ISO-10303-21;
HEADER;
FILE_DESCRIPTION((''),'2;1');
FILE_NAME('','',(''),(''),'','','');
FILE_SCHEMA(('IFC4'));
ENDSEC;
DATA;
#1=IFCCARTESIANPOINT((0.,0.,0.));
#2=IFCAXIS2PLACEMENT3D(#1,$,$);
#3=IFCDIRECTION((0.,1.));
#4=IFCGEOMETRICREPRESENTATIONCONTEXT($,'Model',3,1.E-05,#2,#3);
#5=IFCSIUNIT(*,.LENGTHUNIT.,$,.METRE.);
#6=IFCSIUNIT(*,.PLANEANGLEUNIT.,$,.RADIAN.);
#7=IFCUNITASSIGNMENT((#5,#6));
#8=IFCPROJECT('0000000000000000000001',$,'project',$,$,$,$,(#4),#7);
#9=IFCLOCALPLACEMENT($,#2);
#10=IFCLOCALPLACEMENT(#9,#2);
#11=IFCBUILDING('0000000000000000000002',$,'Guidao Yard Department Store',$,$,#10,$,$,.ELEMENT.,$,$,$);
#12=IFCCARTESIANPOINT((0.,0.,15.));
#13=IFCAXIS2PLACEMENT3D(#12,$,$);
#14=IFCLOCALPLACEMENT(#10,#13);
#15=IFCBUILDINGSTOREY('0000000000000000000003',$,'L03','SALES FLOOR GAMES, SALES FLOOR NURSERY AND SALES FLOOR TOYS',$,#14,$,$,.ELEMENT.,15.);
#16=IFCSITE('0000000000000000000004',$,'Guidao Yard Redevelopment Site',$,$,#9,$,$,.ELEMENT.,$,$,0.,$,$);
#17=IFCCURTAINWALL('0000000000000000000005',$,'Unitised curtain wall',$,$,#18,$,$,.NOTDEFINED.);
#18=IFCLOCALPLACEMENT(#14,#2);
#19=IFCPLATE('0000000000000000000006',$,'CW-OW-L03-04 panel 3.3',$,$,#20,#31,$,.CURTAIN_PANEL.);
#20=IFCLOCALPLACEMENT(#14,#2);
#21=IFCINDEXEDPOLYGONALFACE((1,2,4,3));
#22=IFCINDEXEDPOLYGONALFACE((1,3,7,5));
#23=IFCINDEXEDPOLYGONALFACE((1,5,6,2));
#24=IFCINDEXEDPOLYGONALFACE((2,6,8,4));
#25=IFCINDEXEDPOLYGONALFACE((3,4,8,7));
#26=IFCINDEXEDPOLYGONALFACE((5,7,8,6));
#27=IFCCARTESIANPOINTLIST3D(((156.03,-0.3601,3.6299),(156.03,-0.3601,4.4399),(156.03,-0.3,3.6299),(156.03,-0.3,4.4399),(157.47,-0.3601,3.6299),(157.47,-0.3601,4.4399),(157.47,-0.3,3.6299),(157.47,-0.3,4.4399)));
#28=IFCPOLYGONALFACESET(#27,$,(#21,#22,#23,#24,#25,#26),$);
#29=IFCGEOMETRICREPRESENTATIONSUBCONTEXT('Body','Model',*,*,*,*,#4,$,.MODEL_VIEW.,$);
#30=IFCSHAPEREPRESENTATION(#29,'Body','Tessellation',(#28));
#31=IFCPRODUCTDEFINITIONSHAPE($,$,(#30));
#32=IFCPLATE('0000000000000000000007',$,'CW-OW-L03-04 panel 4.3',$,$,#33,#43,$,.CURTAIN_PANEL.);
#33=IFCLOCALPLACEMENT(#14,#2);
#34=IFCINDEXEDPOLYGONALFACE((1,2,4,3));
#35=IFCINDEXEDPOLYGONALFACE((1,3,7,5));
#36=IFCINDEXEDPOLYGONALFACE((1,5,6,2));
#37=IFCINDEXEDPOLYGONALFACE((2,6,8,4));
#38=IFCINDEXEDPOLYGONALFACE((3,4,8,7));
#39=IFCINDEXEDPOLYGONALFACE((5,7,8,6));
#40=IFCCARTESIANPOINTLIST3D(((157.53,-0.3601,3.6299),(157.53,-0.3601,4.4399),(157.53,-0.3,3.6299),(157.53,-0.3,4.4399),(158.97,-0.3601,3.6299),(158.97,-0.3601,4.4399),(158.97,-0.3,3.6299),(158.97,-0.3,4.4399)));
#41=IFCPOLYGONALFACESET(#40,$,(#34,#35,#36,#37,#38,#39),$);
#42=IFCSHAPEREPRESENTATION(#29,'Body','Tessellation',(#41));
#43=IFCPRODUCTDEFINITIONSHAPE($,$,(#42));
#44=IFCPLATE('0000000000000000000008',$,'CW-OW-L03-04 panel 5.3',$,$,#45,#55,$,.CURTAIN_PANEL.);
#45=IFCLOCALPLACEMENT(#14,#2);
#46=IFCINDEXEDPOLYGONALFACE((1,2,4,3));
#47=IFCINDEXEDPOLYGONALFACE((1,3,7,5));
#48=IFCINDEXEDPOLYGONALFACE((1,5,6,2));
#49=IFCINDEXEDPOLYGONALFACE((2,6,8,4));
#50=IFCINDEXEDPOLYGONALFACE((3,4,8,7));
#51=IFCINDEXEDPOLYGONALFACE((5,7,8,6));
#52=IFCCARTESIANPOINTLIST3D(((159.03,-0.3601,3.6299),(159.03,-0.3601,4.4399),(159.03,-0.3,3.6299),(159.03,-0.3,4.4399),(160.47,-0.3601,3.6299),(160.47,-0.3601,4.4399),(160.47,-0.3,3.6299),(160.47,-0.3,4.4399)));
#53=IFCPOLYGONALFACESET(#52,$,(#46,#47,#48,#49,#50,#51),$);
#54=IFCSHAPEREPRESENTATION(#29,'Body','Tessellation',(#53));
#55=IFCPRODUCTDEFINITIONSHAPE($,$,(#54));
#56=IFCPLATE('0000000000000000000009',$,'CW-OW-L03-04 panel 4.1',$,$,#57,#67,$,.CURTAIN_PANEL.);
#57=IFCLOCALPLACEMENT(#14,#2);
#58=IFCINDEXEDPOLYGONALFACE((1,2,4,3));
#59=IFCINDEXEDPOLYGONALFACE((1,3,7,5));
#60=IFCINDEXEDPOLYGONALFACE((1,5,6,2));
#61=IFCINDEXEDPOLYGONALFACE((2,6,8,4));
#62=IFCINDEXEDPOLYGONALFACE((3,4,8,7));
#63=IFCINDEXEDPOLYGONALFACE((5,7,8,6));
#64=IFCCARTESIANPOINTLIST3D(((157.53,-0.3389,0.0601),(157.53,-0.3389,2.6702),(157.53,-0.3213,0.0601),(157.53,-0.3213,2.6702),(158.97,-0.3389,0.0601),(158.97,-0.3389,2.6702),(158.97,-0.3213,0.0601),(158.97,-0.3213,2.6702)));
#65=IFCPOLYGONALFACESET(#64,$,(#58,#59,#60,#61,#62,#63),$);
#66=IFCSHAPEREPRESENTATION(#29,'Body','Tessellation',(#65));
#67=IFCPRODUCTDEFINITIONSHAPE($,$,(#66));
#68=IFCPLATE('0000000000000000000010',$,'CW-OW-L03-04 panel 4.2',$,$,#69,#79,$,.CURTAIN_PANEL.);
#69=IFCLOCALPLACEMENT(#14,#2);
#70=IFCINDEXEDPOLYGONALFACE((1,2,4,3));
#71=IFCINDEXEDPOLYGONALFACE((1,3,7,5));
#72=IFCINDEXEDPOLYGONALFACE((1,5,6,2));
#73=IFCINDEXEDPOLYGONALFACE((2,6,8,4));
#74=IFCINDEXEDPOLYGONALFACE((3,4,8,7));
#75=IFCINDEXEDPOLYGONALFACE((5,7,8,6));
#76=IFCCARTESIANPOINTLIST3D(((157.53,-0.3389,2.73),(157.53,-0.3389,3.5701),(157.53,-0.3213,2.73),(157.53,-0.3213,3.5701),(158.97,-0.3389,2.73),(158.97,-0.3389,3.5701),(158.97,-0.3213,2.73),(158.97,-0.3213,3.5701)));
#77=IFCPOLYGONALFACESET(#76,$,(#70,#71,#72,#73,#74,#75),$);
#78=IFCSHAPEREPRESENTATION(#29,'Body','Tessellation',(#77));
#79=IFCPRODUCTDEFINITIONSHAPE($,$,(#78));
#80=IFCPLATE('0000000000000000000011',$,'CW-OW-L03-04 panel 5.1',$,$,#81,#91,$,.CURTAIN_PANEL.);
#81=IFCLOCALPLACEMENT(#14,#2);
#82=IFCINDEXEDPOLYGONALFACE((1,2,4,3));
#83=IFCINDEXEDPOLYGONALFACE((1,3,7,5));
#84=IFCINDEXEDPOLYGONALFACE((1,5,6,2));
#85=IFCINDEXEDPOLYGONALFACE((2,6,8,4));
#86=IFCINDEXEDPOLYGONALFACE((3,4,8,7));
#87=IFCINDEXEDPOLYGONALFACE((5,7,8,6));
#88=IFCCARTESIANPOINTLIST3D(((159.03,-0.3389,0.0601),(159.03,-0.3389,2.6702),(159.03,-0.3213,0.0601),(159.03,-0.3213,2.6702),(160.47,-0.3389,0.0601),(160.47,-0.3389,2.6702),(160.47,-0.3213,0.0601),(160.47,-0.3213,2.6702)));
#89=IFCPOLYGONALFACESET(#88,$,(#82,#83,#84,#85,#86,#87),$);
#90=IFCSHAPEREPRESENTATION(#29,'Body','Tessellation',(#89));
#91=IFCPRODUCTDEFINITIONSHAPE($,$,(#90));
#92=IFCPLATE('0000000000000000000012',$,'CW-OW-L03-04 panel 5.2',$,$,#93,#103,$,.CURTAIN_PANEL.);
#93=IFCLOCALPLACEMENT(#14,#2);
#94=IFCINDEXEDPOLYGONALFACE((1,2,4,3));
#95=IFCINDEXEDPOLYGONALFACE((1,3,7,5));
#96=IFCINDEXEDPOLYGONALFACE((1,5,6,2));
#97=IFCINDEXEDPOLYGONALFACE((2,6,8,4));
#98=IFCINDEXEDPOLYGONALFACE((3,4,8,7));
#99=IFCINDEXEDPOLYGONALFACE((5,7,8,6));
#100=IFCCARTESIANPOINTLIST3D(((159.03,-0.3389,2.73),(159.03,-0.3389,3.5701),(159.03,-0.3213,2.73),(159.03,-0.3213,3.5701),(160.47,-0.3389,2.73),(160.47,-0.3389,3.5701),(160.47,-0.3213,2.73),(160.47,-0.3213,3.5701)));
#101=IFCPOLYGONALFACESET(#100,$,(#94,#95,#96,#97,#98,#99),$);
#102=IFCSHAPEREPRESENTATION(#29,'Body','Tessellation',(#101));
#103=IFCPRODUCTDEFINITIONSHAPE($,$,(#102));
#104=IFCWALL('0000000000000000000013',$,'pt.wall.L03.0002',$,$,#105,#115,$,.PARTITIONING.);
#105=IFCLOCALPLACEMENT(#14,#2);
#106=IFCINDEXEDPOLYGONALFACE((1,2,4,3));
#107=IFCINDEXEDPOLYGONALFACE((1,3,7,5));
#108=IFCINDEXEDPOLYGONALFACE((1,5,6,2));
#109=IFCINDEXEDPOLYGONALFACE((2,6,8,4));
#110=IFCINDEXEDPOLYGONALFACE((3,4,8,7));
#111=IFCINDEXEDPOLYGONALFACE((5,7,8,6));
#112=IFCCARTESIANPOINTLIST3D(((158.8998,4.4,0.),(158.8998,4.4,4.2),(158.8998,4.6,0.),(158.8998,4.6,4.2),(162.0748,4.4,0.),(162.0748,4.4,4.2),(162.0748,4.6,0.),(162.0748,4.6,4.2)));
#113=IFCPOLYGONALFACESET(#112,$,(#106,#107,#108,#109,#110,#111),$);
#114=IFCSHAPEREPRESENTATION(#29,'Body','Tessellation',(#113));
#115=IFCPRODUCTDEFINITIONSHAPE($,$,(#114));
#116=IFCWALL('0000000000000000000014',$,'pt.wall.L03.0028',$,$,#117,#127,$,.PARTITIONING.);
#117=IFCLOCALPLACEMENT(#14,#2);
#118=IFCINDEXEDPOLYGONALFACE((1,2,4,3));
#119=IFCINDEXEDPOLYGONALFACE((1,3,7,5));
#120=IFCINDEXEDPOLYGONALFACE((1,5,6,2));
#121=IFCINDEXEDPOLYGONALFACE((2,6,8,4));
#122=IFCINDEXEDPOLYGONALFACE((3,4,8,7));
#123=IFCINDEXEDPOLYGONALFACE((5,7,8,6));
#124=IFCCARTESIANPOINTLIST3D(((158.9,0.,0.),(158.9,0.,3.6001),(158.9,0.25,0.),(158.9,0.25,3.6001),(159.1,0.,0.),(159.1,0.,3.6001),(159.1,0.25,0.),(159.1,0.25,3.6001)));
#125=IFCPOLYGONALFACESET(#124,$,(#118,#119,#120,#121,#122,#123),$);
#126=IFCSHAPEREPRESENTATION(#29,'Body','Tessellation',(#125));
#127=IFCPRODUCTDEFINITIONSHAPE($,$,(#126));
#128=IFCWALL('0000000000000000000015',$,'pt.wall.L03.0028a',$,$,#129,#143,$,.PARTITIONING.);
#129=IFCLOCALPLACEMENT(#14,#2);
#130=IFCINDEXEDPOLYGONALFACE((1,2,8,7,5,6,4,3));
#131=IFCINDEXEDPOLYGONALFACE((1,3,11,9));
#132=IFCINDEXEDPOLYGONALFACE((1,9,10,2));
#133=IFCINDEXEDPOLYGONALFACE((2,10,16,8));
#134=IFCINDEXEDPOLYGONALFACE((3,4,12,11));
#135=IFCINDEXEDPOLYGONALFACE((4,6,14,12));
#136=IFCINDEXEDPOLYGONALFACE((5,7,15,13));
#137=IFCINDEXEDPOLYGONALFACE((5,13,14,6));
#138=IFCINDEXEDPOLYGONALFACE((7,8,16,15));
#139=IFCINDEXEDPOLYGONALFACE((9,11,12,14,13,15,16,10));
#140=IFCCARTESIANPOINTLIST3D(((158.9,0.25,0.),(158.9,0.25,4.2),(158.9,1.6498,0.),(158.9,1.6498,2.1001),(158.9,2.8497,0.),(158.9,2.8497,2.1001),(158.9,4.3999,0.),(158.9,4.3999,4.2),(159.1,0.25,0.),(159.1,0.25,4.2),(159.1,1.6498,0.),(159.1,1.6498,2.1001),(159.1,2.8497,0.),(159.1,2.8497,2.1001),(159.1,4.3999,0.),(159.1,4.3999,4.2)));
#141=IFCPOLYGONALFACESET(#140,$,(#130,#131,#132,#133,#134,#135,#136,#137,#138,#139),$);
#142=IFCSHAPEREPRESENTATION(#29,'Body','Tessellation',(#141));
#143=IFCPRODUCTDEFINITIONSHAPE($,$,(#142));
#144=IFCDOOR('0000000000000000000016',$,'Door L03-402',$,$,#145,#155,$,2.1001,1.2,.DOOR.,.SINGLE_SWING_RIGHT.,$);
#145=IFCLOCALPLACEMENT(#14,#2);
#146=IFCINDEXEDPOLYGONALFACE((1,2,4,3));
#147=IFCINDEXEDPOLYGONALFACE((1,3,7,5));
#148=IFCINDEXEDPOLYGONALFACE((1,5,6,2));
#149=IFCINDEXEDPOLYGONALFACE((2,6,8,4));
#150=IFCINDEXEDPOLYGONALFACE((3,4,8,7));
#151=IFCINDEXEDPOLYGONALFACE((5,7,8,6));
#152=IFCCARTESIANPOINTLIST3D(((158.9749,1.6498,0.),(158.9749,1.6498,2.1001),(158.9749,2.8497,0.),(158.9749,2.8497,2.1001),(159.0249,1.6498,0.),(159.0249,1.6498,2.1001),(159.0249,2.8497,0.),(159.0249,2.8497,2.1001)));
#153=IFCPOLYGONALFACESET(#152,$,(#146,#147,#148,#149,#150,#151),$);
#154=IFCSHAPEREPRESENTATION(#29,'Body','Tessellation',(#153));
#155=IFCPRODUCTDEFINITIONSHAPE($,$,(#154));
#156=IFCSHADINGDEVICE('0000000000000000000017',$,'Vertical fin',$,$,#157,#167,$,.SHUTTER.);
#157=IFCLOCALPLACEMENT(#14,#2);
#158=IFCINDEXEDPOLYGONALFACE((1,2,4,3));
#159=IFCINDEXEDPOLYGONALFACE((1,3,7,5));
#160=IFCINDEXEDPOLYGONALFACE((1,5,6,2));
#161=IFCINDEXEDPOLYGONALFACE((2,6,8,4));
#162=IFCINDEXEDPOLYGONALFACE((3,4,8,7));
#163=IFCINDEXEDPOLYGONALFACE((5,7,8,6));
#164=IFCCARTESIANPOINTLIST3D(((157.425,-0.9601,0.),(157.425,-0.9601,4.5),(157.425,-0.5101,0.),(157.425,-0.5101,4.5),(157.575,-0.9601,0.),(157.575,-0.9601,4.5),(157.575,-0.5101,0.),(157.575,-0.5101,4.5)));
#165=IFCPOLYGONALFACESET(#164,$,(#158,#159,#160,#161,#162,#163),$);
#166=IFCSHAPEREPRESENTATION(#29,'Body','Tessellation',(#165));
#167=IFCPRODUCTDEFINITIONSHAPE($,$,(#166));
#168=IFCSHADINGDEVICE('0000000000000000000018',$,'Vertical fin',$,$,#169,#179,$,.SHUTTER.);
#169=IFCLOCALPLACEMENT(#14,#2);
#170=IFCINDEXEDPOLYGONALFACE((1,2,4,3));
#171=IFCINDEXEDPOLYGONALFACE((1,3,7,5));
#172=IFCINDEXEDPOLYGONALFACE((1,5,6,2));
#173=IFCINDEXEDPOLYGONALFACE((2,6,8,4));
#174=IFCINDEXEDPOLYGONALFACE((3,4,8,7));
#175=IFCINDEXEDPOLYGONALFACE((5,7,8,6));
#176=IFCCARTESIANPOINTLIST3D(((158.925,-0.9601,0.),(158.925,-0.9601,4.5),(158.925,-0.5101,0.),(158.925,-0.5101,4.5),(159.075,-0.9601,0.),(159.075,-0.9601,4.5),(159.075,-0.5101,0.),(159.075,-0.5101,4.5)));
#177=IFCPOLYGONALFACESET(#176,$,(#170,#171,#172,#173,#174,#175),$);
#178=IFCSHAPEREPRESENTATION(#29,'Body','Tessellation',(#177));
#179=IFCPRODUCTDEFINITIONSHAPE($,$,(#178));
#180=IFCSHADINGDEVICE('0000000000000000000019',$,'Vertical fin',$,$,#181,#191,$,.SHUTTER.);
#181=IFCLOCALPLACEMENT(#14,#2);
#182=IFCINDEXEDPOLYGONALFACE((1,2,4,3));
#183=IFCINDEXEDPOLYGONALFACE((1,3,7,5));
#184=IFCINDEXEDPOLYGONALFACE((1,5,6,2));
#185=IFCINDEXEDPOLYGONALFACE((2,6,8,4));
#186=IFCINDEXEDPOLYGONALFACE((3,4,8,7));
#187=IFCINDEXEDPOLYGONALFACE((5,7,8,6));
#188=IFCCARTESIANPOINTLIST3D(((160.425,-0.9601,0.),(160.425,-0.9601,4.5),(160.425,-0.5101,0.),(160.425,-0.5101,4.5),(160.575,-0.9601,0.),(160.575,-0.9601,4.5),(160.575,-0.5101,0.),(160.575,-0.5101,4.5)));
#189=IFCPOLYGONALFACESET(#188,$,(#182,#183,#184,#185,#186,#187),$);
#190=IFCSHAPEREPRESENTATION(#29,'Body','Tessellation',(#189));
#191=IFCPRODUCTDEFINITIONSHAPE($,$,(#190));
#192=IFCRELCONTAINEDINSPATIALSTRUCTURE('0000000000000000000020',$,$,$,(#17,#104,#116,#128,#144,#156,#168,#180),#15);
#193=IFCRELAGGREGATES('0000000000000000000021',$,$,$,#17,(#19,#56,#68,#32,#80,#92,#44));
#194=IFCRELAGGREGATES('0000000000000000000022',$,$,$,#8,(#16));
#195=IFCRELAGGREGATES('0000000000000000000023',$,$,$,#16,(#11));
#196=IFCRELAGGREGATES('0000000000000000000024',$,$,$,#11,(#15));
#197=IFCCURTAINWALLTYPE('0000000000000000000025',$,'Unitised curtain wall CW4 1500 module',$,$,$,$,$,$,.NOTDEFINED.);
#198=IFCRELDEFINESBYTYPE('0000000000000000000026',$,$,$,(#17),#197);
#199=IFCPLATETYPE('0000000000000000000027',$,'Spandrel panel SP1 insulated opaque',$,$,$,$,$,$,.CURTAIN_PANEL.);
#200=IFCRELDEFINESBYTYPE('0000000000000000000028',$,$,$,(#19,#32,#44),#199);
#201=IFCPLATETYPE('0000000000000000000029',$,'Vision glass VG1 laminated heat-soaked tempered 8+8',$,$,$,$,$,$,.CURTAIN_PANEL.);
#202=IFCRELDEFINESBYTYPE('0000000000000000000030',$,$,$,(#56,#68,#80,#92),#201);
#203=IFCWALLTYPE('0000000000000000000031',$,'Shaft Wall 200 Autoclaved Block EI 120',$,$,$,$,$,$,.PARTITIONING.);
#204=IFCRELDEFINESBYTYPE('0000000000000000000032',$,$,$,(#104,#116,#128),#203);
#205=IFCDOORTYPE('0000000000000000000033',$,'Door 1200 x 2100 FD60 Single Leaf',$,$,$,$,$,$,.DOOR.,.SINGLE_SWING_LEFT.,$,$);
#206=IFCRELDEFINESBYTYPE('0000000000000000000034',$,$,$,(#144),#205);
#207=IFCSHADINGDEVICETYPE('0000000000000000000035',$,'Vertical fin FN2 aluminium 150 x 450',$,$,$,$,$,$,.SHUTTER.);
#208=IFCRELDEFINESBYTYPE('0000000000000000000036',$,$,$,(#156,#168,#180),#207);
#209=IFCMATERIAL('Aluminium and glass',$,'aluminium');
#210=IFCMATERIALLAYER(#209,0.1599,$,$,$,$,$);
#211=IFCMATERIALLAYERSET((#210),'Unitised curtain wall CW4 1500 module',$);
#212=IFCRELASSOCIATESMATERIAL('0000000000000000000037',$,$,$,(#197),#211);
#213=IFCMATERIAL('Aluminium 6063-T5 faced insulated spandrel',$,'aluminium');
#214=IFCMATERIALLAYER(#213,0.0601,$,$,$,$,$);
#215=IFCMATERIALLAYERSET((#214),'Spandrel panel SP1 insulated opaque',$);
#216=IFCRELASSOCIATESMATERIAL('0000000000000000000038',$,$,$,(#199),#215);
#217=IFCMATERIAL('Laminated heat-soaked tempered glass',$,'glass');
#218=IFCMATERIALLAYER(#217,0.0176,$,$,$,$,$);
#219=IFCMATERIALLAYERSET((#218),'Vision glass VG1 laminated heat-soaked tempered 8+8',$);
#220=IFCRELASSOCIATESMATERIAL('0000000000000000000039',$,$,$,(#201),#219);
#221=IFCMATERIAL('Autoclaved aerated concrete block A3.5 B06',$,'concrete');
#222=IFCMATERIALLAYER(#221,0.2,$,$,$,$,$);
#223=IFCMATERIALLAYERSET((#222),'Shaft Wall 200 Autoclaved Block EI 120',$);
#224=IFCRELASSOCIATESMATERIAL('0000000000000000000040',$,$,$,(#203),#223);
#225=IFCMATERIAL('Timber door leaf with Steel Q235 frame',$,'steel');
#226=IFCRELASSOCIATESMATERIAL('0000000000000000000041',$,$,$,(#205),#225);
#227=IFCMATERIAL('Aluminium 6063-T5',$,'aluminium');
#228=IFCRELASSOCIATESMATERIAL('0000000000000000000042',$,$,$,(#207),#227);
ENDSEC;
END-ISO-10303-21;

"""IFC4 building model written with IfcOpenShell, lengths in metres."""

from ifc_helpers import new_model, si_unit, direction, frame, frame_2d, origin, origin_2d, place, context, subcontext, project, spatial, rectangle, extrude, material, layer, layer_set, type_object, element, fill, aggregate, save


model = new_model("IFC4")

# Units and contexts
model_context = context("Model", 3, precision=1e-05, world=origin(), true_north=direction((0.0, 1.0)))
body_context = subcontext(model_context, "Body", "Model", "MODEL_VIEW")
ifc_project = project(units=[si_unit("LENGTHUNIT", "METRE"), si_unit("PLANEANGLEUNIT", "RADIAN")], contexts=[model_context])

# Site, building, storey
site_placement = place(None, origin())
site = spatial("IfcSite", under=ifc_project, at=site_placement, Name="Guidao Yard Redevelopment Site", CompositionType="ELEMENT", RefElevation=0.0)
building_placement = place(site_placement, origin())
building = spatial("IfcBuilding", under=site, at=building_placement, Name="Guidao Yard Department Store", CompositionType="ELEMENT")
storey_placement = place(building_placement, frame((0.0, 0.0, 15.0)))
storey = spatial("IfcBuildingStorey", under=building, at=storey_placement, Name="L03", Description="SALES FLOOR GAMES, SALES FLOOR NURSERY AND SALES FLOOR TOYS", CompositionType="ELEMENT", Elevation=15.0)

# Curtain wall, plates
ifc_material_1 = material(Name="Aluminium and glass", Category="aluminium")
ifc_layer_1 = layer(ifc_material_1, 0.1599)
ifc_layer_set_1 = layer_set([ifc_layer_1], Name="Unitised curtain wall CW4 1500 module")
curtain_wall_type = type_object("IfcCurtainWallType", Name="Unitised curtain wall CW4 1500 module", PredefinedType="NOTDEFINED", material=ifc_layer_set_1)
curtain_wall_placement = place(storey_placement, origin())
curtain_wall = element("IfcCurtainWall", 1, at=curtain_wall_placement, inside=storey, type_object=curtain_wall_type, Name="Unitised curtain wall", PredefinedType="NOTDEFINED")
ifc_material_2 = material(Name="Aluminium 6063-T5 faced insulated spandrel", Category="aluminium")
ifc_layer_2 = layer(ifc_material_2, 0.0601)
ifc_layer_set_2 = layer_set([ifc_layer_2], Name="Spandrel panel SP1 insulated opaque")
plate_type_1 = type_object("IfcPlateType", Name="Spandrel panel SP1 insulated opaque", PredefinedType="CURTAIN_PANEL", material=ifc_layer_set_2)
plate_1_placement = place(storey_placement, frame((156.75, -0.3301, 3.6299), z_axis=(0.0, 0.0, 1.0), x_axis=(-1.0, 0.0, 0.0)))
plate_1 = element("IfcPlate", 2, at=plate_1_placement, type_object=plate_type_1, Name="CW-OW-L03-04 panel 3.3", PredefinedType="CURTAIN_PANEL", context=body_context, shape_type="SweptSolid", body=[
    extrude(rectangle(XDim=1.4399, YDim=0.0601, at=origin_2d()), origin(), (0.0, 0.0, 1.0), 0.8101),
])
plate_2_placement = place(storey_placement, frame((158.25, -0.3301, 3.6299), z_axis=(0.0, 0.0, 1.0), x_axis=(-1.0, 0.0, 0.0)))
plate_2 = element("IfcPlate", 3, at=plate_2_placement, type_object=plate_type_1, Name="CW-OW-L03-04 panel 4.3", PredefinedType="CURTAIN_PANEL", context=body_context, shape_type="SweptSolid", body=[
    extrude(rectangle(XDim=1.4399, YDim=0.0601, at=origin_2d()), origin(), (0.0, 0.0, 1.0), 0.8101),
])
plate_3_placement = place(storey_placement, frame((159.75, -0.3301, 3.6299), z_axis=(0.0, 0.0, 1.0), x_axis=(-1.0, 0.0, 0.0)))
plate_3 = element("IfcPlate", 4, at=plate_3_placement, type_object=plate_type_1, Name="CW-OW-L03-04 panel 5.3", PredefinedType="CURTAIN_PANEL", context=body_context, shape_type="SweptSolid", body=[
    extrude(rectangle(XDim=1.4399, YDim=0.0601, at=origin_2d()), origin(), (0.0, 0.0, 1.0), 0.8101),
])
ifc_material_3 = material(Name="Laminated heat-soaked tempered glass", Category="glass")
ifc_layer_3 = layer(ifc_material_3, 0.0176)
ifc_layer_set_3 = layer_set([ifc_layer_3], Name="Vision glass VG1 laminated heat-soaked tempered 8+8")
plate_type_2 = type_object("IfcPlateType", Name="Vision glass VG1 laminated heat-soaked tempered 8+8", PredefinedType="CURTAIN_PANEL", material=ifc_layer_set_3)
plate_4_placement = place(storey_placement, frame((158.25, -0.3301, 0.0601), z_axis=(0.0, 0.0, 1.0), x_axis=(-1.0, 0.0, 0.0)))
plate_4 = element("IfcPlate", 5, at=plate_4_placement, type_object=plate_type_2, Name="CW-OW-L03-04 panel 4.1", PredefinedType="CURTAIN_PANEL", context=body_context, shape_type="SweptSolid", body=[
    extrude(rectangle(XDim=1.4399, YDim=0.0176, at=origin_2d()), origin(), (0.0, 0.0, 1.0), 2.6101),
])
plate_5_placement = place(storey_placement, frame((158.25, -0.3301, 2.73), z_axis=(0.0, 0.0, 1.0), x_axis=(-1.0, 0.0, 0.0)))
plate_5 = element("IfcPlate", 6, at=plate_5_placement, type_object=plate_type_2, Name="CW-OW-L03-04 panel 4.2", PredefinedType="CURTAIN_PANEL", context=body_context, shape_type="SweptSolid", body=[
    extrude(rectangle(XDim=1.4399, YDim=0.0176, at=origin_2d()), origin(), (0.0, 0.0, 1.0), 0.8401),
])
plate_6_placement = place(storey_placement, frame((159.75, -0.3301, 0.0601), z_axis=(0.0, 0.0, 1.0), x_axis=(-1.0, 0.0, 0.0)))
plate_6 = element("IfcPlate", 7, at=plate_6_placement, type_object=plate_type_2, Name="CW-OW-L03-04 panel 5.1", PredefinedType="CURTAIN_PANEL", context=body_context, shape_type="SweptSolid", body=[
    extrude(rectangle(XDim=1.4399, YDim=0.0176, at=origin_2d()), origin(), (0.0, 0.0, 1.0), 2.6101),
])
plate_7_placement = place(storey_placement, frame((159.75, -0.3301, 2.73), z_axis=(0.0, 0.0, 1.0), x_axis=(-1.0, 0.0, 0.0)))
plate_7 = element("IfcPlate", 8, at=plate_7_placement, type_object=plate_type_2, Name="CW-OW-L03-04 panel 5.2", PredefinedType="CURTAIN_PANEL", context=body_context, shape_type="SweptSolid", body=[
    extrude(rectangle(XDim=1.4399, YDim=0.0176, at=origin_2d()), origin(), (0.0, 0.0, 1.0), 0.8401),
])
aggregate(curtain_wall, [plate_1, plate_4, plate_5, plate_2, plate_6, plate_7, plate_3])

# Walls
ifc_material_4 = material(Name="Autoclaved aerated concrete block A3.5 B06", Category="concrete")
ifc_layer_4 = layer(ifc_material_4, 0.2)
ifc_layer_set_4 = layer_set([ifc_layer_4], Name="Shaft Wall 200 Autoclaved Block EI 120")
wall_type = type_object("IfcWallType", Name="Shaft Wall 200 Autoclaved Block EI 120", PredefinedType="PARTITIONING", material=ifc_layer_set_4)
wall_1_placement = place(storey_placement, frame((158.8999, 4.5, 0.0), z_axis=(0.0, 0.0, 1.0), x_axis=(1.0, 0.0, 0.0)))
element("IfcWall", 9, at=wall_1_placement, inside=storey, type_object=wall_type, Name="pt.wall.L03.0002", PredefinedType="PARTITIONING", context=body_context, shape_type="SweptSolid", body=[
    extrude(rectangle(XDim=3.175, YDim=0.2, at=frame_2d((1.5874, 0.0))), origin(), (0.0, 0.0, 1.0), 4.2),
])
wall_2_placement = place(storey_placement, frame((159.0, 0.0, 0.0), z_axis=(0.0, 0.0, 1.0), x_axis=(0.0, 1.0, 0.0)))
element("IfcWall", 10, at=wall_2_placement, inside=storey, type_object=wall_type, Name="pt.wall.L03.0028", PredefinedType="PARTITIONING", context=body_context, shape_type="SweptSolid", body=[
    extrude(rectangle(XDim=0.25, YDim=0.2, at=frame_2d((0.125, 0.0))), origin(), (0.0, 0.0, 1.0), 3.6001),
])

# Wall, opening, door
wall_3_placement = place(storey_placement, frame((159.0, 0.25, 0.0), z_axis=(0.0, 0.0, 1.0), x_axis=(0.0, 1.0, 0.0)))
wall_3 = element("IfcWall", 11, at=wall_3_placement, inside=storey, type_object=wall_type, Name="pt.wall.L03.0028a", PredefinedType="PARTITIONING", context=body_context, shape_type="SweptSolid", body=[
    extrude(rectangle(XDim=4.1499, YDim=0.2, at=frame_2d((2.075, 0.0))), origin(), (0.0, 0.0, 1.0), 4.2),
])
opening_placement = place(wall_3_placement, frame((2.5999, 0.0, 0.0), z_axis=(0.0, 0.0, 1.0), x_axis=(-1.0, 0.0, 0.0)))
opening = element("IfcOpeningElement", 12, at=opening_placement, cuts=wall_3, PredefinedType="OPENING", context=body_context, shape_type="SweptSolid", body=[
    extrude(rectangle(XDim=1.2, YDim=2.1001, at=frame_2d((0.6001, 1.05))), frame((0.0, 0.1099, 0.0), z_axis=(0.0, -1.0, 0.0), x_axis=(1.0, 0.0, 0.0)), (0.0, 0.0, 1.0), 0.22),
])
ifc_material_5 = material(Name="Timber door leaf with Steel Q235 frame", Category="steel")
door_type = type_object("IfcDoorType", Name="Door 1200 x 2100 FD60 Single Leaf", OperationType="SINGLE_SWING_LEFT", PredefinedType="DOOR", material=ifc_material_5)
door_placement = place(opening_placement, origin())
door = element("IfcDoor", 13, at=door_placement, inside=storey, type_object=door_type, Name="Door L03-402", OperationType="SINGLE_SWING_RIGHT", OverallHeight=2.1001, OverallWidth=1.2, PredefinedType="DOOR", context=body_context, shape_type="SweptSolid", body=[
    extrude(rectangle(XDim=1.2, YDim=2.1001, at=frame_2d((0.6001, 1.05))), frame((0.0, 0.0249, 0.0), z_axis=(0.0, -1.0, 0.0), x_axis=(1.0, 0.0, 0.0)), (0.0, 0.0, 1.0), 0.05),
])
fill(opening, door)

# Shading devices
ifc_material_6 = material(Name="Aluminium 6063-T5", Category="aluminium")
shading_device_type = type_object("IfcShadingDeviceType", Name="Vertical fin FN2 aluminium 150 x 450", PredefinedType="SHUTTER", material=ifc_material_6)
for number, where, z_axis, x_axis, name in (
    (14, (157.5, -0.7351, 0.0), (0.0, 0.0, 1.0), (-1.0, 0.0, 0.0), "Vertical fin"),
    (15, (159.0, -0.7351, 0.0), (0.0, 0.0, 1.0), (-1.0, 0.0, 0.0), "Vertical fin"),
    (16, (160.5, -0.7351, 0.0), (0.0, 0.0, 1.0), (-1.0, 0.0, 0.0), "Vertical fin"),
):
    element("IfcShadingDevice", number, at=place(storey_placement, frame(where, z_axis=z_axis, x_axis=x_axis)), inside=storey, type_object=shading_device_type, Name=name, PredefinedType="SHUTTER", context=body_context, shape_type="SweptSolid", body=[
        extrude(rectangle(XDim=0.1499, YDim=0.45, at=origin_2d()), origin(), (0.0, 0.0, 1.0), 4.5),
    ])

save(model, "model.ifc")
